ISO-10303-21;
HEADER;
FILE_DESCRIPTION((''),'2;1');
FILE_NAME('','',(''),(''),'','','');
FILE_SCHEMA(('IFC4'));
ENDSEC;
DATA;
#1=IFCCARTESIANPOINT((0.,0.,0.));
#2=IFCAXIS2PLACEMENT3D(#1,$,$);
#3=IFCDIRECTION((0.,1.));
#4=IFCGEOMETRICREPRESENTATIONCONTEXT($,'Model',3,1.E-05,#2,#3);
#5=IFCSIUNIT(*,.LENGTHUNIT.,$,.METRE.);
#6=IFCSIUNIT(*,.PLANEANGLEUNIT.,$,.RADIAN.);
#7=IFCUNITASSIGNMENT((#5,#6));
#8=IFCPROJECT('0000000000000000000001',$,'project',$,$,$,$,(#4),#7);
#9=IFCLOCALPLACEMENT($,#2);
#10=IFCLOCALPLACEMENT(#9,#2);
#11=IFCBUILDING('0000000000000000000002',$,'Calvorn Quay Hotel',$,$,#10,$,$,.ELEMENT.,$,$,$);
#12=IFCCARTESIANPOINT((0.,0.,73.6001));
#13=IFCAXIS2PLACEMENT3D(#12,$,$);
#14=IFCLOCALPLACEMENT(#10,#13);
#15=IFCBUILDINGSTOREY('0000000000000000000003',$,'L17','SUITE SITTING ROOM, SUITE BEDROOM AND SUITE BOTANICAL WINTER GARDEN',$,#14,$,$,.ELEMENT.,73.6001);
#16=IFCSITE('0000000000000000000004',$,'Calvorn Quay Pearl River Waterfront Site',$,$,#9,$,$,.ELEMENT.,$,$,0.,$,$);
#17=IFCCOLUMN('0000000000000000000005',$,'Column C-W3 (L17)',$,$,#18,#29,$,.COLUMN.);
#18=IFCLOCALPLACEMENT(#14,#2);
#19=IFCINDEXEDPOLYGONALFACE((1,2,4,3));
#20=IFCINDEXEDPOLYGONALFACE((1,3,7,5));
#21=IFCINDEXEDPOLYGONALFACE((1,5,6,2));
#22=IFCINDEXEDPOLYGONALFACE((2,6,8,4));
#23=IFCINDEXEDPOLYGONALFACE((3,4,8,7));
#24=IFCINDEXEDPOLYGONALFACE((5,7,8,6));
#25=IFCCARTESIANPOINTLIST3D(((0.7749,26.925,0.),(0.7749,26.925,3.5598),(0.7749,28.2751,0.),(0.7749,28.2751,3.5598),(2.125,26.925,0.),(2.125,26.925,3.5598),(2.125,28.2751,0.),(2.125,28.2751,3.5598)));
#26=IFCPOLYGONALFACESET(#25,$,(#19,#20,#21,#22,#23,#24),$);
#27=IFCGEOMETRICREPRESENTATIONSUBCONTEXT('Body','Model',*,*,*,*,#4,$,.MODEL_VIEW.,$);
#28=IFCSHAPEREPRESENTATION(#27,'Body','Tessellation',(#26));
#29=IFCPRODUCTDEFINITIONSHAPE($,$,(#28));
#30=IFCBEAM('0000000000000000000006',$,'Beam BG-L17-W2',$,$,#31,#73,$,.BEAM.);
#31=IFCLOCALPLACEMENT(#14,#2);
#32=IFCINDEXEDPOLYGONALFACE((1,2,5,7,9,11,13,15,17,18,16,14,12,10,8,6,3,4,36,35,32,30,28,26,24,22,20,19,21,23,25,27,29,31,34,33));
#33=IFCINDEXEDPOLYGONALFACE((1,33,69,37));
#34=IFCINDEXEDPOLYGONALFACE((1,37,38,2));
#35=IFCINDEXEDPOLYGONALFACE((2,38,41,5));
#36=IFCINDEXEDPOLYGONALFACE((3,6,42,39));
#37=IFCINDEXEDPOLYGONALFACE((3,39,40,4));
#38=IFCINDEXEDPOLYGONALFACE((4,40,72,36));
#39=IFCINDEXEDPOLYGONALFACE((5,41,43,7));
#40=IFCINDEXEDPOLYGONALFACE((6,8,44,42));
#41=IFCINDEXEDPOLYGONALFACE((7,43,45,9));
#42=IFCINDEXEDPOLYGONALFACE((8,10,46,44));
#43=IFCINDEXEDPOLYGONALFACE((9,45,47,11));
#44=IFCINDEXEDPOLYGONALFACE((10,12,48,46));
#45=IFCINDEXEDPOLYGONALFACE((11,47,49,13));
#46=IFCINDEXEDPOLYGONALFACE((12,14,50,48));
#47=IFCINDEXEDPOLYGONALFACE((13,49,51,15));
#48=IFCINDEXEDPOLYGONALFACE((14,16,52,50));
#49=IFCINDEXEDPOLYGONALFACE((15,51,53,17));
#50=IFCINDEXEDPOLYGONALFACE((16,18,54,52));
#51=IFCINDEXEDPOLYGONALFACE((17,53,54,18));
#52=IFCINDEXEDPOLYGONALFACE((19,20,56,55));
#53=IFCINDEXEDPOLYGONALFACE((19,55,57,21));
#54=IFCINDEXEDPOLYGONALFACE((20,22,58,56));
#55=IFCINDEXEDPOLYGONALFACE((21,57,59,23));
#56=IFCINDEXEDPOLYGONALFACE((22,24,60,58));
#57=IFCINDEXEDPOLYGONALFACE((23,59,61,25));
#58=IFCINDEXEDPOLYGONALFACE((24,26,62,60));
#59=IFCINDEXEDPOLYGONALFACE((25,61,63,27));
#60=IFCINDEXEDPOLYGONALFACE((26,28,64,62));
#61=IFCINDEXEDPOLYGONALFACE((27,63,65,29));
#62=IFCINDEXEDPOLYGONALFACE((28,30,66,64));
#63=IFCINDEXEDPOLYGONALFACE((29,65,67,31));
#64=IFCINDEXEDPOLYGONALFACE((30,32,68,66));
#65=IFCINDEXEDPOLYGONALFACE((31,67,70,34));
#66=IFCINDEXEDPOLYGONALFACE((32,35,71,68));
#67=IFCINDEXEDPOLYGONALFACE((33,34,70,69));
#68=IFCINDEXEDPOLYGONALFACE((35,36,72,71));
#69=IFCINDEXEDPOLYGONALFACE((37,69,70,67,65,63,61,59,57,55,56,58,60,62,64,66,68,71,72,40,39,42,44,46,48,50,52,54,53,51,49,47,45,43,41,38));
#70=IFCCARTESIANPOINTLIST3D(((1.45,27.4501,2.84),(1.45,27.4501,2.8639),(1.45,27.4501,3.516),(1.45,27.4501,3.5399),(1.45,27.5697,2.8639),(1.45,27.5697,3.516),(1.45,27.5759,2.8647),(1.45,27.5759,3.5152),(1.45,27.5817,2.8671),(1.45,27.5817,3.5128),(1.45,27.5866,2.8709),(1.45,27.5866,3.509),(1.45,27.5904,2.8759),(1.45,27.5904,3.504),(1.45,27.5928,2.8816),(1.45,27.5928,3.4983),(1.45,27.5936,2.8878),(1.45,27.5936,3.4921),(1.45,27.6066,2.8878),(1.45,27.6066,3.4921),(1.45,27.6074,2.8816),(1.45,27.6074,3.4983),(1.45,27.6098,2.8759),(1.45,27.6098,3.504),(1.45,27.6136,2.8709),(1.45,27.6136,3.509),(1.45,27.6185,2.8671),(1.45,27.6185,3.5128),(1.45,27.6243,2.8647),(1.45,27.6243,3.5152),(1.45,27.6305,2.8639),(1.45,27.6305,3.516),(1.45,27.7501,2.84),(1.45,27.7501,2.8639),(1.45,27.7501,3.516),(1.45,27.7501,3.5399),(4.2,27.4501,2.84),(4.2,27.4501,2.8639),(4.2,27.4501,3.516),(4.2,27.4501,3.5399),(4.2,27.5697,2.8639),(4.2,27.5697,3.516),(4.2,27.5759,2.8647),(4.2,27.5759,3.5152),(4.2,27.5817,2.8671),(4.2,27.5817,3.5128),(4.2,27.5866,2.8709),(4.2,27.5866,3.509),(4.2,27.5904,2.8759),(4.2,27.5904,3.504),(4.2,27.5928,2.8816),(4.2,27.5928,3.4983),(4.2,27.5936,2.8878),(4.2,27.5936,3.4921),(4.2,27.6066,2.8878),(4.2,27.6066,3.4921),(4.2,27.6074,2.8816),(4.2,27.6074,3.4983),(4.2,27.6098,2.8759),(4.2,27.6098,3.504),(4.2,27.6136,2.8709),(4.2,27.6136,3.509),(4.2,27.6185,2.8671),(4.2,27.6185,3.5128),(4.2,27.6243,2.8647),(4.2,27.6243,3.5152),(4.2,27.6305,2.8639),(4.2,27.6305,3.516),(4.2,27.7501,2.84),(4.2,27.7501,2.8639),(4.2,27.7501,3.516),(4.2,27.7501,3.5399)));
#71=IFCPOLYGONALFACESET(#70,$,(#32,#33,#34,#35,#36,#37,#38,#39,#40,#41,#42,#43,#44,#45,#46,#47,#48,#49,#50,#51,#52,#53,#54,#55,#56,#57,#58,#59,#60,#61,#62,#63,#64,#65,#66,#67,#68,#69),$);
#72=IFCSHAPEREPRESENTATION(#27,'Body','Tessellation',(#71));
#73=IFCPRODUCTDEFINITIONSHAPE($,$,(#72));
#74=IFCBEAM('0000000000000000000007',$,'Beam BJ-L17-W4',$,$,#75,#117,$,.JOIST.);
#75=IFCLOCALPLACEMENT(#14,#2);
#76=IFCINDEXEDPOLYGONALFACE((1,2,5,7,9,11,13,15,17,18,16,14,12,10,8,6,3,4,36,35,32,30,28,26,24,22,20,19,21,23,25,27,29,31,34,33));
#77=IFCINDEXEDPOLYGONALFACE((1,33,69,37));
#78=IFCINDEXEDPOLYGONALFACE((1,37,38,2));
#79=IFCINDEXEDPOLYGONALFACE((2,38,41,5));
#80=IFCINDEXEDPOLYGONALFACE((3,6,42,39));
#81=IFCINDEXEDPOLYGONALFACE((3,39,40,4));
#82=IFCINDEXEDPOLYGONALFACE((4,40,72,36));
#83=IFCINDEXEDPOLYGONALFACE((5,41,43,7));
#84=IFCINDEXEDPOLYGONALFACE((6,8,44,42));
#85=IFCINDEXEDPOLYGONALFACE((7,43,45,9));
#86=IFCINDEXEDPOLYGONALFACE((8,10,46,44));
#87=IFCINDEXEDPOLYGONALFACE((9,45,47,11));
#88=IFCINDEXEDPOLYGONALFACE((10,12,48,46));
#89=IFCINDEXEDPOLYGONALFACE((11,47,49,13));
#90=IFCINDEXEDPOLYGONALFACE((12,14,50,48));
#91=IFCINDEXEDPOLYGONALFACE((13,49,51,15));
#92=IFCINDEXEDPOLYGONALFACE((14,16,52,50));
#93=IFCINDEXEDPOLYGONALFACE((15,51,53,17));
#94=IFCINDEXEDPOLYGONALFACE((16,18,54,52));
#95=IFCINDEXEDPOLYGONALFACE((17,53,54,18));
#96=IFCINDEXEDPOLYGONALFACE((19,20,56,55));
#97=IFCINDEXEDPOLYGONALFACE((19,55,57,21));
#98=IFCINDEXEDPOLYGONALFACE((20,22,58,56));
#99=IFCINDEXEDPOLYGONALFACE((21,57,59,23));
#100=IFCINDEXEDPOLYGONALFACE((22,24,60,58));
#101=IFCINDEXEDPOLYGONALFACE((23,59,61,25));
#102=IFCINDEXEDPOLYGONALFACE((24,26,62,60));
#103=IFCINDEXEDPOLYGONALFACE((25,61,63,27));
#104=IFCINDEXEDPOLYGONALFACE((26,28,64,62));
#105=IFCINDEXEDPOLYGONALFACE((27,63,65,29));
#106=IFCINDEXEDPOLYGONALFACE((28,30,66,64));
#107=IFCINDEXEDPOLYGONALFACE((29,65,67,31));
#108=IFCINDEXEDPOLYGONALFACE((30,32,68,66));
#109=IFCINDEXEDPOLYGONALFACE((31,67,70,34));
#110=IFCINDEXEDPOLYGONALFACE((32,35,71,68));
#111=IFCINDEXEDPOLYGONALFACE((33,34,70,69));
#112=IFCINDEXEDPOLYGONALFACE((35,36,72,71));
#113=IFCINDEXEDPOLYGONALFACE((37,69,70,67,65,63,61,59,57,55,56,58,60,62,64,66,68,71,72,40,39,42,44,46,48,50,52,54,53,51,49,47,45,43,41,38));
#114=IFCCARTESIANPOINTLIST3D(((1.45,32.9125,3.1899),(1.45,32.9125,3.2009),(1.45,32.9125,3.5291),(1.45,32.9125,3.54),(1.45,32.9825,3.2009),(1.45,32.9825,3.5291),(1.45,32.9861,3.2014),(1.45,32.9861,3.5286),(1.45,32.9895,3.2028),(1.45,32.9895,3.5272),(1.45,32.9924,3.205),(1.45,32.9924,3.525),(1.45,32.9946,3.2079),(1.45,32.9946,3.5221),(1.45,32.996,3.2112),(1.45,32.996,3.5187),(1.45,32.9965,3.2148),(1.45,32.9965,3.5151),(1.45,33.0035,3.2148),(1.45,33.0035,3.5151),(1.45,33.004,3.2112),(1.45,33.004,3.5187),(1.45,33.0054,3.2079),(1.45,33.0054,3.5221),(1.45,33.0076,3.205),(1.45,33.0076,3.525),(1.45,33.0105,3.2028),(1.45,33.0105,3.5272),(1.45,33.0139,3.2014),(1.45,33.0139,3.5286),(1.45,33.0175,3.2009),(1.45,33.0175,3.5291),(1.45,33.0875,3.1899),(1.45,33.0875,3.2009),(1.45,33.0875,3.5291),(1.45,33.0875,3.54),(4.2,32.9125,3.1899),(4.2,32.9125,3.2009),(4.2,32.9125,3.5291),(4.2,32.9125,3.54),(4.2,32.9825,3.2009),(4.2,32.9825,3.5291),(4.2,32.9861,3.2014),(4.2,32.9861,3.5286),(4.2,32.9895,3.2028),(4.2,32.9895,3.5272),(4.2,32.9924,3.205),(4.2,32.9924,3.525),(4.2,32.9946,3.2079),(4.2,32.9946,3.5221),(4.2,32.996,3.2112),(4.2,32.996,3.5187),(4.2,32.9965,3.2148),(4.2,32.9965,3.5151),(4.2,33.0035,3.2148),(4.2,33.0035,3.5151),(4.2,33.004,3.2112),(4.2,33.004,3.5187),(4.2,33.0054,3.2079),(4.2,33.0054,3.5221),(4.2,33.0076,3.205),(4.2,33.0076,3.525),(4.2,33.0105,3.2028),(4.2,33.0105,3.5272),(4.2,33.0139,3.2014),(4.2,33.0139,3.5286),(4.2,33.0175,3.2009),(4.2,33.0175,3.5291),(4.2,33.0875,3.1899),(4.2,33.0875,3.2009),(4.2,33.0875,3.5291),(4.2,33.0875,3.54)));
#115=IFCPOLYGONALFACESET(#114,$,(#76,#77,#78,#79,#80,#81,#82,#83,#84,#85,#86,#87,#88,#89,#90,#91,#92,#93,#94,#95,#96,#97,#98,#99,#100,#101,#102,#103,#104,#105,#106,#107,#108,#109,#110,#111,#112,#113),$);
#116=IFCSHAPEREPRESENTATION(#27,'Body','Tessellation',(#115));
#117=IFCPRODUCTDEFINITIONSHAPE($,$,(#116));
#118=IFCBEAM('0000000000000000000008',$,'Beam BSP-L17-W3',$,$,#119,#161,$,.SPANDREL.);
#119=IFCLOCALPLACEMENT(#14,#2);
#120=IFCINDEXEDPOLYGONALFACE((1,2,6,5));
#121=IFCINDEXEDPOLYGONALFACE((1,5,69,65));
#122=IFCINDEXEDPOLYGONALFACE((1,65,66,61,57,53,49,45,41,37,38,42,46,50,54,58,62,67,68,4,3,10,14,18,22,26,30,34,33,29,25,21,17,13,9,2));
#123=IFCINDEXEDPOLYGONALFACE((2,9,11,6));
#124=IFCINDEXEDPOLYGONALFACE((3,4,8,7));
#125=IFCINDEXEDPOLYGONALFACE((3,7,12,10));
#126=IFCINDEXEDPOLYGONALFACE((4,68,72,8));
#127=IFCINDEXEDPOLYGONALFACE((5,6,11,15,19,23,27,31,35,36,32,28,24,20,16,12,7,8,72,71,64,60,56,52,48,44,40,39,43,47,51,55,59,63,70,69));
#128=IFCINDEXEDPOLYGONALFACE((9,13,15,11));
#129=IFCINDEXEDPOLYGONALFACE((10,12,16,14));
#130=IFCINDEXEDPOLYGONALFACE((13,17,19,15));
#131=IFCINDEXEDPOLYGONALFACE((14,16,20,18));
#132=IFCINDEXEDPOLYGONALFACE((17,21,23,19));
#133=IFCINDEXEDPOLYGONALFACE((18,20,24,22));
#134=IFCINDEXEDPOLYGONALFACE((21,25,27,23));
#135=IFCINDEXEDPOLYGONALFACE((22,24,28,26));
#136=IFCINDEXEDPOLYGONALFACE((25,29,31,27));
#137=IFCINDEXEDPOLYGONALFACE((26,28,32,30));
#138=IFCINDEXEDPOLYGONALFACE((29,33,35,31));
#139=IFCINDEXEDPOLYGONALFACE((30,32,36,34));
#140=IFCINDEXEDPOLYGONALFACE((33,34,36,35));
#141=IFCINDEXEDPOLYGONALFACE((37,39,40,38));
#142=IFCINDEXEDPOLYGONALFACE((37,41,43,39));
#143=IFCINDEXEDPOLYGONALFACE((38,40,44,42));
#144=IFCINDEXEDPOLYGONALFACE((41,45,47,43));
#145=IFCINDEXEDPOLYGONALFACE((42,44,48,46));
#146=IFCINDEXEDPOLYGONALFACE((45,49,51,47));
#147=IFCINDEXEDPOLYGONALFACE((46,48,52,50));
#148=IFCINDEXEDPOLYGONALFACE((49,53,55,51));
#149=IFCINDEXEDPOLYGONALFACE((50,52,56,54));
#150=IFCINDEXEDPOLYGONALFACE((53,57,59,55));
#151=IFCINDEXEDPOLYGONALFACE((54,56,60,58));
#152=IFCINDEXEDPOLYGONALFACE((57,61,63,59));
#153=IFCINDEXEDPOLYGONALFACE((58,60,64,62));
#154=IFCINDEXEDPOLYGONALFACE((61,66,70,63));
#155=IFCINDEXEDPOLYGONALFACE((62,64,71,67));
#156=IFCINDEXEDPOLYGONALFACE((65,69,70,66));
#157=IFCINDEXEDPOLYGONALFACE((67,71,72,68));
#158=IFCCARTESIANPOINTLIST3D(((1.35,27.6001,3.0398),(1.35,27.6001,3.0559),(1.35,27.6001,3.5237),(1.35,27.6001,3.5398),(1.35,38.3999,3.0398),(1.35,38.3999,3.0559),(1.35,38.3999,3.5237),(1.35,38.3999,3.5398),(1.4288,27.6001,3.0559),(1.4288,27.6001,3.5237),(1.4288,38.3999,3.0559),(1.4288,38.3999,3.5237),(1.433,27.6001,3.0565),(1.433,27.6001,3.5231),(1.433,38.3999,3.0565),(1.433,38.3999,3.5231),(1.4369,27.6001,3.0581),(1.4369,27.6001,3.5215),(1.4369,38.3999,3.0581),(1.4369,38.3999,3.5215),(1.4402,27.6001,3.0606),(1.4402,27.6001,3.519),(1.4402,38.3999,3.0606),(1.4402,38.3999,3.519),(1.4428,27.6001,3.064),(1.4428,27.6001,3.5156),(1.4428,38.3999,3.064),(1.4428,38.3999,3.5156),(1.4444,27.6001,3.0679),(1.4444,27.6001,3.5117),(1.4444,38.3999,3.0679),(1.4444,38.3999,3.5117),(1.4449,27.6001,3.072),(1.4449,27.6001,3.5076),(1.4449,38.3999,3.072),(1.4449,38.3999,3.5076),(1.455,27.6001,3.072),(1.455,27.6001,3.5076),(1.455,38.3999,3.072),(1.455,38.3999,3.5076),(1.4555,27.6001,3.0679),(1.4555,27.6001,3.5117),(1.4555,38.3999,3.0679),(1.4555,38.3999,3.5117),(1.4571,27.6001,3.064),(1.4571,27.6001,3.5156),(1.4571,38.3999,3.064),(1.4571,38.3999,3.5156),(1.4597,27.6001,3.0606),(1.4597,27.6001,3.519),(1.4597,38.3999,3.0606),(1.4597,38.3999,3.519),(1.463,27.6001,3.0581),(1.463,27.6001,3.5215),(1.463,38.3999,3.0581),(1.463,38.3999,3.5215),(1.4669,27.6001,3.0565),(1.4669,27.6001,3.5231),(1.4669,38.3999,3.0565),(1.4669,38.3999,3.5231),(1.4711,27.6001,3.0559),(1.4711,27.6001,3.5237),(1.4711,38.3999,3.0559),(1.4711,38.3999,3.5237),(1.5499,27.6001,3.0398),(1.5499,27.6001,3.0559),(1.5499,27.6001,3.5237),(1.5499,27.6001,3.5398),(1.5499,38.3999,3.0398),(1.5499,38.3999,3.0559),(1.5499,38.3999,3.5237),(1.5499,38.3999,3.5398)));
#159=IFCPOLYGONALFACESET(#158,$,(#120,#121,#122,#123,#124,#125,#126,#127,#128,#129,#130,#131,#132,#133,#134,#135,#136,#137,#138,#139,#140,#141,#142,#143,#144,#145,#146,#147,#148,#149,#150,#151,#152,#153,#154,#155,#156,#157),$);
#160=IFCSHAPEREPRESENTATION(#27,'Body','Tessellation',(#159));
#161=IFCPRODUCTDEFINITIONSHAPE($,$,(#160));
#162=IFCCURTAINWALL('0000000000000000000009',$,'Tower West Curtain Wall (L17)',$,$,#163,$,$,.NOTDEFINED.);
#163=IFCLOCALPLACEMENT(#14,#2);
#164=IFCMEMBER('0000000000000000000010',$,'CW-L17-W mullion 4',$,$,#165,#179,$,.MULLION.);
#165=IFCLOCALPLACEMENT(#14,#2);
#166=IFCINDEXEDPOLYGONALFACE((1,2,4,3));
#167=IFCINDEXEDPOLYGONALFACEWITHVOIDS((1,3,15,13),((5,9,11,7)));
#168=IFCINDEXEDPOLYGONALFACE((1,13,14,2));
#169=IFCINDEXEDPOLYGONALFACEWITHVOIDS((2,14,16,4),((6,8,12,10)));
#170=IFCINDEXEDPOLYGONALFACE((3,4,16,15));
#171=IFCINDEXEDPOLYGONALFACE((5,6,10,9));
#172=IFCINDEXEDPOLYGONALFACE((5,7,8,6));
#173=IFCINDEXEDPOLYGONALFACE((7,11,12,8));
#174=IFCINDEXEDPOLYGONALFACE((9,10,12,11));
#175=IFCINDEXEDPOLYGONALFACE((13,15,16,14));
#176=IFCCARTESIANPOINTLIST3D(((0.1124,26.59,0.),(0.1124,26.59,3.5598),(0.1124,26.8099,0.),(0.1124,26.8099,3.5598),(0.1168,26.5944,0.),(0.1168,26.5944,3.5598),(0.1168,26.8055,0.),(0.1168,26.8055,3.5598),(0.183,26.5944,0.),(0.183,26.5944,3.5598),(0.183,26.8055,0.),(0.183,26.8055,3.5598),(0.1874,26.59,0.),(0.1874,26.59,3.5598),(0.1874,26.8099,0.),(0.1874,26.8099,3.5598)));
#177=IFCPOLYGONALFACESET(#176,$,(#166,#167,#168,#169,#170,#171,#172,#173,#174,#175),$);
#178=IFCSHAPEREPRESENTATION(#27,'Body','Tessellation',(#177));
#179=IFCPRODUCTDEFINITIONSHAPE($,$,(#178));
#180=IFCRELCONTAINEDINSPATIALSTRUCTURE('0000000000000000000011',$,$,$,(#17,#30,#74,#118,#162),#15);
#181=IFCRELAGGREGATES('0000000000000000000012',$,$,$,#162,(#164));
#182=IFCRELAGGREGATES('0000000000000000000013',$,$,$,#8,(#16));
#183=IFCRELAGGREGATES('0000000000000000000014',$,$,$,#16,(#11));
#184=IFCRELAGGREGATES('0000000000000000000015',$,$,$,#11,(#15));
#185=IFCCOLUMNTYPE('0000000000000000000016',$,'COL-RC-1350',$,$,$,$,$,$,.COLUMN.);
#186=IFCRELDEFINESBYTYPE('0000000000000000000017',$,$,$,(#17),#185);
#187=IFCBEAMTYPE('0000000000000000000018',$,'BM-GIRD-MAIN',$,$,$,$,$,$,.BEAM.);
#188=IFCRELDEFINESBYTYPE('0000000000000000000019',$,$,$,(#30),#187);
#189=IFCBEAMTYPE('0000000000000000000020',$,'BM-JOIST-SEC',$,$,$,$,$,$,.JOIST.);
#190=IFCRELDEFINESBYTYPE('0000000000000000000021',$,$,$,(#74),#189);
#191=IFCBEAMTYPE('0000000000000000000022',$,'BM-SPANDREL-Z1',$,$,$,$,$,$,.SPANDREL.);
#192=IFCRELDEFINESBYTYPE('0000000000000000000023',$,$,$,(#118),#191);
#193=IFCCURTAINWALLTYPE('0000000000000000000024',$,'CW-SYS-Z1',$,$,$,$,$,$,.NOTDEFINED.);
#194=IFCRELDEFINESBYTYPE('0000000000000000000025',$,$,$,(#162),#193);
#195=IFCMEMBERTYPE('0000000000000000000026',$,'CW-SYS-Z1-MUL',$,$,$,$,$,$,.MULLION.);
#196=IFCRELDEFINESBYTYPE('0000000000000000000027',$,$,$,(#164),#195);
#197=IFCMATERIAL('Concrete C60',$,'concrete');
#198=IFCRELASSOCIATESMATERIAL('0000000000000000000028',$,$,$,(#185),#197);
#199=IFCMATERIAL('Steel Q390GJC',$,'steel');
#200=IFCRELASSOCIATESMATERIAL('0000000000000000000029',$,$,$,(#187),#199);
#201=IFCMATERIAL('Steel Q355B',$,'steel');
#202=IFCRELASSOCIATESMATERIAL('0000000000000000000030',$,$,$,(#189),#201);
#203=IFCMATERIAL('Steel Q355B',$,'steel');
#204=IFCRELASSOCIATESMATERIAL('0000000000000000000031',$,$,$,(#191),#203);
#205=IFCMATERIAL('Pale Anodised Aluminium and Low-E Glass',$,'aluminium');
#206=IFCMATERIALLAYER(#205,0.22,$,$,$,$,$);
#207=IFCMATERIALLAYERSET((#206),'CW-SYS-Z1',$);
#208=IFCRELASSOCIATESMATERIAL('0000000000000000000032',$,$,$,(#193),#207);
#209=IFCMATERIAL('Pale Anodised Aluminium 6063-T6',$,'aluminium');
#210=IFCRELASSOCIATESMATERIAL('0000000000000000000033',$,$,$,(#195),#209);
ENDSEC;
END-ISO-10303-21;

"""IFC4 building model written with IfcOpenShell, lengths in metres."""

from ifc_helpers import new_model, si_unit, direction, frame, origin, origin_2d, place, context, subcontext, project, spatial, rectangle, hollow_rectangle, i_section, extrude, material, layer, layer_set, material_profile, profile_set, type_object, element, aggregate, save


model = new_model("IFC4")

# Units and contexts
model_context = context("Model", 3, precision=1e-05, world=origin(), true_north=direction((0.0, 1.0)))
body_context = subcontext(model_context, "Body", "Model", "MODEL_VIEW")
ifc_project = project(units=[si_unit("LENGTHUNIT", "METRE"), si_unit("PLANEANGLEUNIT", "RADIAN")], contexts=[model_context])

# Site, building, storey
site_placement = place(None, origin())
site = spatial("IfcSite", under=ifc_project, at=site_placement, Name="Calvorn Quay Pearl River Waterfront Site", CompositionType="ELEMENT", RefElevation=0.0)
building_placement = place(site_placement, origin())
building = spatial("IfcBuilding", under=site, at=building_placement, Name="Calvorn Quay Hotel", CompositionType="ELEMENT")
storey_placement = place(building_placement, frame((0.0, 0.0, 73.6001)))
storey = spatial("IfcBuildingStorey", under=building, at=storey_placement, Name="L17", Description="SUITE SITTING ROOM, SUITE BEDROOM AND SUITE BOTANICAL WINTER GARDEN", CompositionType="ELEMENT", Elevation=73.6001)

# Column
ifc_material_1 = material(Name="Concrete C60", Category="concrete")
ifc_material_profile_1 = material_profile(ifc_material_1, rectangle(XDim=1.3501, YDim=1.3501, at=origin_2d()), Name="RC1350x1350")
ifc_profile_set_1 = profile_set([ifc_material_profile_1], Name="Concrete C60")
column_type = type_object("IfcColumnType", Name="COL-RC-1350", PredefinedType="COLUMN", material=ifc_profile_set_1)
column_placement = place(storey_placement, frame((1.45, 27.6001, 0.0), z_axis=(0.0, 0.0, 1.0), x_axis=(1.0, 0.0, 0.0)))
element("IfcColumn", 1, at=column_placement, inside=storey, type_object=column_type, Name="Column C-W3 (L17)", PredefinedType="COLUMN", context=body_context, shape_type="SweptSolid", body=[
    extrude(rectangle(XDim=1.3501, YDim=1.3501, at=origin_2d()), origin(), (0.0, 0.0, 1.0), 3.5598),
])

# Beams
ifc_material_2 = material(Name="Steel Q390GJC", Category="steel")
ifc_material_profile_2 = material_profile(ifc_material_2, i_section(OverallWidth=0.3, OverallDepth=0.7, WebThickness=0.0129, FlangeThickness=0.0239, FilletRadius=0.0239, at=origin_2d()), Name="HN700x300x13x24")
ifc_profile_set_2 = profile_set([ifc_material_profile_2], Name="Steel Q390GJC")
beam_type_1 = type_object("IfcBeamType", Name="BM-GIRD-MAIN", PredefinedType="BEAM", material=ifc_profile_set_2)
beam_1_placement = place(storey_placement, frame((1.45, 27.6001, 3.1899), z_axis=(1.0, 0.0, 0.0), x_axis=(0.0, 1.0, 0.0)))
element("IfcBeam", 2, at=beam_1_placement, inside=storey, type_object=beam_type_1, Name="Beam BG-L17-W2", PredefinedType="BEAM", context=body_context, shape_type="SweptSolid", body=[
    extrude(i_section(OverallWidth=0.3, OverallDepth=0.7, WebThickness=0.0129, FlangeThickness=0.0239, FilletRadius=0.0239, at=origin_2d()), origin(), (0.0, 0.0, 1.0), 2.75),
])
ifc_material_3 = material(Name="Steel Q355B", Category="steel")
ifc_material_profile_3 = material_profile(ifc_material_3, i_section(OverallWidth=0.175, OverallDepth=0.3501, WebThickness=0.0071, FlangeThickness=0.011, FilletRadius=0.0139, at=origin_2d()), Name="HN350x175x7x11")
ifc_profile_set_3 = profile_set([ifc_material_profile_3], Name="Steel Q355B")
beam_type_2 = type_object("IfcBeamType", Name="BM-JOIST-SEC", PredefinedType="JOIST", material=ifc_profile_set_3)
beam_2_placement = place(storey_placement, frame((1.45, 33.0, 3.365), z_axis=(1.0, 0.0, 0.0), x_axis=(0.0, 1.0, 0.0)))
element("IfcBeam", 3, at=beam_2_placement, inside=storey, type_object=beam_type_2, Name="Beam BJ-L17-W4", PredefinedType="JOIST", context=body_context, shape_type="SweptSolid", body=[
    extrude(i_section(OverallWidth=0.175, OverallDepth=0.3501, WebThickness=0.0071, FlangeThickness=0.011, FilletRadius=0.0139, at=origin_2d()), origin(), (0.0, 0.0, 1.0), 2.75),
])
ifc_material_4 = material(Name="Steel Q355B", Category="steel")
ifc_material_profile_4 = material_profile(ifc_material_4, i_section(OverallWidth=0.2, OverallDepth=0.5, WebThickness=0.01, FlangeThickness=0.0161, FilletRadius=0.0161, at=origin_2d()), Name="HN500x200x10x16")
ifc_profile_set_4 = profile_set([ifc_material_profile_4], Name="Steel Q355B")
beam_type_3 = type_object("IfcBeamType", Name="BM-SPANDREL-Z1", PredefinedType="SPANDREL", material=ifc_profile_set_4)
beam_3_placement = place(storey_placement, frame((1.45, 27.6001, 3.2898), z_axis=(0.0, 1.0, 0.0), x_axis=(-1.0, 0.0, 0.0)))
element("IfcBeam", 4, at=beam_3_placement, inside=storey, type_object=beam_type_3, Name="Beam BSP-L17-W3", PredefinedType="SPANDREL", context=body_context, shape_type="SweptSolid", body=[
    extrude(i_section(OverallWidth=0.2, OverallDepth=0.5, WebThickness=0.01, FlangeThickness=0.0161, FilletRadius=0.0161, at=origin_2d()), origin(), (0.0, 0.0, 1.0), 10.7998),
])

# Curtain wall, member
ifc_material_5 = material(Name="Pale Anodised Aluminium and Low-E Glass", Category="aluminium")
ifc_layer_1 = layer(ifc_material_5, 0.22)
ifc_layer_set_1 = layer_set([ifc_layer_1], Name="CW-SYS-Z1")
curtain_wall_type = type_object("IfcCurtainWallType", Name="CW-SYS-Z1", PredefinedType="NOTDEFINED", material=ifc_layer_set_1)
curtain_wall_placement = place(storey_placement, origin())
curtain_wall = element("IfcCurtainWall", 5, at=curtain_wall_placement, inside=storey, type_object=curtain_wall_type, Name="Tower West Curtain Wall (L17)", PredefinedType="NOTDEFINED")
ifc_material_6 = material(Name="Pale Anodised Aluminium 6063-T6", Category="aluminium")
ifc_material_profile_5 = material_profile(ifc_material_6, hollow_rectangle(XDim=0.075, YDim=0.22, WallThickness=0.0044, at=origin_2d()), Name="ALU-M220x75x4.5")
ifc_profile_set_5 = profile_set([ifc_material_profile_5], Name="Pale Anodised Aluminium 6063-T6")
member_type_1 = type_object("IfcMemberType", Name="CW-SYS-Z1-MUL", PredefinedType="MULLION", material=ifc_profile_set_5)
member_1_placement = place(storey_placement, frame((0.1499, 26.7, 0.0), z_axis=(0.0, 0.0, 1.0), x_axis=(-1.0, 0.0, 0.0)))
member_1 = element("IfcMember", 6, at=member_1_placement, type_object=member_type_1, Name="CW-L17-W mullion 4", PredefinedType="MULLION", context=body_context, shape_type="SweptSolid", body=[
    extrude(hollow_rectangle(XDim=0.075, YDim=0.22, WallThickness=0.0044, at=origin_2d()), origin(), (0.0, 0.0, 1.0), 3.5598),
])
aggregate(curtain_wall, [member_1])

save(model, "model.ifc")
